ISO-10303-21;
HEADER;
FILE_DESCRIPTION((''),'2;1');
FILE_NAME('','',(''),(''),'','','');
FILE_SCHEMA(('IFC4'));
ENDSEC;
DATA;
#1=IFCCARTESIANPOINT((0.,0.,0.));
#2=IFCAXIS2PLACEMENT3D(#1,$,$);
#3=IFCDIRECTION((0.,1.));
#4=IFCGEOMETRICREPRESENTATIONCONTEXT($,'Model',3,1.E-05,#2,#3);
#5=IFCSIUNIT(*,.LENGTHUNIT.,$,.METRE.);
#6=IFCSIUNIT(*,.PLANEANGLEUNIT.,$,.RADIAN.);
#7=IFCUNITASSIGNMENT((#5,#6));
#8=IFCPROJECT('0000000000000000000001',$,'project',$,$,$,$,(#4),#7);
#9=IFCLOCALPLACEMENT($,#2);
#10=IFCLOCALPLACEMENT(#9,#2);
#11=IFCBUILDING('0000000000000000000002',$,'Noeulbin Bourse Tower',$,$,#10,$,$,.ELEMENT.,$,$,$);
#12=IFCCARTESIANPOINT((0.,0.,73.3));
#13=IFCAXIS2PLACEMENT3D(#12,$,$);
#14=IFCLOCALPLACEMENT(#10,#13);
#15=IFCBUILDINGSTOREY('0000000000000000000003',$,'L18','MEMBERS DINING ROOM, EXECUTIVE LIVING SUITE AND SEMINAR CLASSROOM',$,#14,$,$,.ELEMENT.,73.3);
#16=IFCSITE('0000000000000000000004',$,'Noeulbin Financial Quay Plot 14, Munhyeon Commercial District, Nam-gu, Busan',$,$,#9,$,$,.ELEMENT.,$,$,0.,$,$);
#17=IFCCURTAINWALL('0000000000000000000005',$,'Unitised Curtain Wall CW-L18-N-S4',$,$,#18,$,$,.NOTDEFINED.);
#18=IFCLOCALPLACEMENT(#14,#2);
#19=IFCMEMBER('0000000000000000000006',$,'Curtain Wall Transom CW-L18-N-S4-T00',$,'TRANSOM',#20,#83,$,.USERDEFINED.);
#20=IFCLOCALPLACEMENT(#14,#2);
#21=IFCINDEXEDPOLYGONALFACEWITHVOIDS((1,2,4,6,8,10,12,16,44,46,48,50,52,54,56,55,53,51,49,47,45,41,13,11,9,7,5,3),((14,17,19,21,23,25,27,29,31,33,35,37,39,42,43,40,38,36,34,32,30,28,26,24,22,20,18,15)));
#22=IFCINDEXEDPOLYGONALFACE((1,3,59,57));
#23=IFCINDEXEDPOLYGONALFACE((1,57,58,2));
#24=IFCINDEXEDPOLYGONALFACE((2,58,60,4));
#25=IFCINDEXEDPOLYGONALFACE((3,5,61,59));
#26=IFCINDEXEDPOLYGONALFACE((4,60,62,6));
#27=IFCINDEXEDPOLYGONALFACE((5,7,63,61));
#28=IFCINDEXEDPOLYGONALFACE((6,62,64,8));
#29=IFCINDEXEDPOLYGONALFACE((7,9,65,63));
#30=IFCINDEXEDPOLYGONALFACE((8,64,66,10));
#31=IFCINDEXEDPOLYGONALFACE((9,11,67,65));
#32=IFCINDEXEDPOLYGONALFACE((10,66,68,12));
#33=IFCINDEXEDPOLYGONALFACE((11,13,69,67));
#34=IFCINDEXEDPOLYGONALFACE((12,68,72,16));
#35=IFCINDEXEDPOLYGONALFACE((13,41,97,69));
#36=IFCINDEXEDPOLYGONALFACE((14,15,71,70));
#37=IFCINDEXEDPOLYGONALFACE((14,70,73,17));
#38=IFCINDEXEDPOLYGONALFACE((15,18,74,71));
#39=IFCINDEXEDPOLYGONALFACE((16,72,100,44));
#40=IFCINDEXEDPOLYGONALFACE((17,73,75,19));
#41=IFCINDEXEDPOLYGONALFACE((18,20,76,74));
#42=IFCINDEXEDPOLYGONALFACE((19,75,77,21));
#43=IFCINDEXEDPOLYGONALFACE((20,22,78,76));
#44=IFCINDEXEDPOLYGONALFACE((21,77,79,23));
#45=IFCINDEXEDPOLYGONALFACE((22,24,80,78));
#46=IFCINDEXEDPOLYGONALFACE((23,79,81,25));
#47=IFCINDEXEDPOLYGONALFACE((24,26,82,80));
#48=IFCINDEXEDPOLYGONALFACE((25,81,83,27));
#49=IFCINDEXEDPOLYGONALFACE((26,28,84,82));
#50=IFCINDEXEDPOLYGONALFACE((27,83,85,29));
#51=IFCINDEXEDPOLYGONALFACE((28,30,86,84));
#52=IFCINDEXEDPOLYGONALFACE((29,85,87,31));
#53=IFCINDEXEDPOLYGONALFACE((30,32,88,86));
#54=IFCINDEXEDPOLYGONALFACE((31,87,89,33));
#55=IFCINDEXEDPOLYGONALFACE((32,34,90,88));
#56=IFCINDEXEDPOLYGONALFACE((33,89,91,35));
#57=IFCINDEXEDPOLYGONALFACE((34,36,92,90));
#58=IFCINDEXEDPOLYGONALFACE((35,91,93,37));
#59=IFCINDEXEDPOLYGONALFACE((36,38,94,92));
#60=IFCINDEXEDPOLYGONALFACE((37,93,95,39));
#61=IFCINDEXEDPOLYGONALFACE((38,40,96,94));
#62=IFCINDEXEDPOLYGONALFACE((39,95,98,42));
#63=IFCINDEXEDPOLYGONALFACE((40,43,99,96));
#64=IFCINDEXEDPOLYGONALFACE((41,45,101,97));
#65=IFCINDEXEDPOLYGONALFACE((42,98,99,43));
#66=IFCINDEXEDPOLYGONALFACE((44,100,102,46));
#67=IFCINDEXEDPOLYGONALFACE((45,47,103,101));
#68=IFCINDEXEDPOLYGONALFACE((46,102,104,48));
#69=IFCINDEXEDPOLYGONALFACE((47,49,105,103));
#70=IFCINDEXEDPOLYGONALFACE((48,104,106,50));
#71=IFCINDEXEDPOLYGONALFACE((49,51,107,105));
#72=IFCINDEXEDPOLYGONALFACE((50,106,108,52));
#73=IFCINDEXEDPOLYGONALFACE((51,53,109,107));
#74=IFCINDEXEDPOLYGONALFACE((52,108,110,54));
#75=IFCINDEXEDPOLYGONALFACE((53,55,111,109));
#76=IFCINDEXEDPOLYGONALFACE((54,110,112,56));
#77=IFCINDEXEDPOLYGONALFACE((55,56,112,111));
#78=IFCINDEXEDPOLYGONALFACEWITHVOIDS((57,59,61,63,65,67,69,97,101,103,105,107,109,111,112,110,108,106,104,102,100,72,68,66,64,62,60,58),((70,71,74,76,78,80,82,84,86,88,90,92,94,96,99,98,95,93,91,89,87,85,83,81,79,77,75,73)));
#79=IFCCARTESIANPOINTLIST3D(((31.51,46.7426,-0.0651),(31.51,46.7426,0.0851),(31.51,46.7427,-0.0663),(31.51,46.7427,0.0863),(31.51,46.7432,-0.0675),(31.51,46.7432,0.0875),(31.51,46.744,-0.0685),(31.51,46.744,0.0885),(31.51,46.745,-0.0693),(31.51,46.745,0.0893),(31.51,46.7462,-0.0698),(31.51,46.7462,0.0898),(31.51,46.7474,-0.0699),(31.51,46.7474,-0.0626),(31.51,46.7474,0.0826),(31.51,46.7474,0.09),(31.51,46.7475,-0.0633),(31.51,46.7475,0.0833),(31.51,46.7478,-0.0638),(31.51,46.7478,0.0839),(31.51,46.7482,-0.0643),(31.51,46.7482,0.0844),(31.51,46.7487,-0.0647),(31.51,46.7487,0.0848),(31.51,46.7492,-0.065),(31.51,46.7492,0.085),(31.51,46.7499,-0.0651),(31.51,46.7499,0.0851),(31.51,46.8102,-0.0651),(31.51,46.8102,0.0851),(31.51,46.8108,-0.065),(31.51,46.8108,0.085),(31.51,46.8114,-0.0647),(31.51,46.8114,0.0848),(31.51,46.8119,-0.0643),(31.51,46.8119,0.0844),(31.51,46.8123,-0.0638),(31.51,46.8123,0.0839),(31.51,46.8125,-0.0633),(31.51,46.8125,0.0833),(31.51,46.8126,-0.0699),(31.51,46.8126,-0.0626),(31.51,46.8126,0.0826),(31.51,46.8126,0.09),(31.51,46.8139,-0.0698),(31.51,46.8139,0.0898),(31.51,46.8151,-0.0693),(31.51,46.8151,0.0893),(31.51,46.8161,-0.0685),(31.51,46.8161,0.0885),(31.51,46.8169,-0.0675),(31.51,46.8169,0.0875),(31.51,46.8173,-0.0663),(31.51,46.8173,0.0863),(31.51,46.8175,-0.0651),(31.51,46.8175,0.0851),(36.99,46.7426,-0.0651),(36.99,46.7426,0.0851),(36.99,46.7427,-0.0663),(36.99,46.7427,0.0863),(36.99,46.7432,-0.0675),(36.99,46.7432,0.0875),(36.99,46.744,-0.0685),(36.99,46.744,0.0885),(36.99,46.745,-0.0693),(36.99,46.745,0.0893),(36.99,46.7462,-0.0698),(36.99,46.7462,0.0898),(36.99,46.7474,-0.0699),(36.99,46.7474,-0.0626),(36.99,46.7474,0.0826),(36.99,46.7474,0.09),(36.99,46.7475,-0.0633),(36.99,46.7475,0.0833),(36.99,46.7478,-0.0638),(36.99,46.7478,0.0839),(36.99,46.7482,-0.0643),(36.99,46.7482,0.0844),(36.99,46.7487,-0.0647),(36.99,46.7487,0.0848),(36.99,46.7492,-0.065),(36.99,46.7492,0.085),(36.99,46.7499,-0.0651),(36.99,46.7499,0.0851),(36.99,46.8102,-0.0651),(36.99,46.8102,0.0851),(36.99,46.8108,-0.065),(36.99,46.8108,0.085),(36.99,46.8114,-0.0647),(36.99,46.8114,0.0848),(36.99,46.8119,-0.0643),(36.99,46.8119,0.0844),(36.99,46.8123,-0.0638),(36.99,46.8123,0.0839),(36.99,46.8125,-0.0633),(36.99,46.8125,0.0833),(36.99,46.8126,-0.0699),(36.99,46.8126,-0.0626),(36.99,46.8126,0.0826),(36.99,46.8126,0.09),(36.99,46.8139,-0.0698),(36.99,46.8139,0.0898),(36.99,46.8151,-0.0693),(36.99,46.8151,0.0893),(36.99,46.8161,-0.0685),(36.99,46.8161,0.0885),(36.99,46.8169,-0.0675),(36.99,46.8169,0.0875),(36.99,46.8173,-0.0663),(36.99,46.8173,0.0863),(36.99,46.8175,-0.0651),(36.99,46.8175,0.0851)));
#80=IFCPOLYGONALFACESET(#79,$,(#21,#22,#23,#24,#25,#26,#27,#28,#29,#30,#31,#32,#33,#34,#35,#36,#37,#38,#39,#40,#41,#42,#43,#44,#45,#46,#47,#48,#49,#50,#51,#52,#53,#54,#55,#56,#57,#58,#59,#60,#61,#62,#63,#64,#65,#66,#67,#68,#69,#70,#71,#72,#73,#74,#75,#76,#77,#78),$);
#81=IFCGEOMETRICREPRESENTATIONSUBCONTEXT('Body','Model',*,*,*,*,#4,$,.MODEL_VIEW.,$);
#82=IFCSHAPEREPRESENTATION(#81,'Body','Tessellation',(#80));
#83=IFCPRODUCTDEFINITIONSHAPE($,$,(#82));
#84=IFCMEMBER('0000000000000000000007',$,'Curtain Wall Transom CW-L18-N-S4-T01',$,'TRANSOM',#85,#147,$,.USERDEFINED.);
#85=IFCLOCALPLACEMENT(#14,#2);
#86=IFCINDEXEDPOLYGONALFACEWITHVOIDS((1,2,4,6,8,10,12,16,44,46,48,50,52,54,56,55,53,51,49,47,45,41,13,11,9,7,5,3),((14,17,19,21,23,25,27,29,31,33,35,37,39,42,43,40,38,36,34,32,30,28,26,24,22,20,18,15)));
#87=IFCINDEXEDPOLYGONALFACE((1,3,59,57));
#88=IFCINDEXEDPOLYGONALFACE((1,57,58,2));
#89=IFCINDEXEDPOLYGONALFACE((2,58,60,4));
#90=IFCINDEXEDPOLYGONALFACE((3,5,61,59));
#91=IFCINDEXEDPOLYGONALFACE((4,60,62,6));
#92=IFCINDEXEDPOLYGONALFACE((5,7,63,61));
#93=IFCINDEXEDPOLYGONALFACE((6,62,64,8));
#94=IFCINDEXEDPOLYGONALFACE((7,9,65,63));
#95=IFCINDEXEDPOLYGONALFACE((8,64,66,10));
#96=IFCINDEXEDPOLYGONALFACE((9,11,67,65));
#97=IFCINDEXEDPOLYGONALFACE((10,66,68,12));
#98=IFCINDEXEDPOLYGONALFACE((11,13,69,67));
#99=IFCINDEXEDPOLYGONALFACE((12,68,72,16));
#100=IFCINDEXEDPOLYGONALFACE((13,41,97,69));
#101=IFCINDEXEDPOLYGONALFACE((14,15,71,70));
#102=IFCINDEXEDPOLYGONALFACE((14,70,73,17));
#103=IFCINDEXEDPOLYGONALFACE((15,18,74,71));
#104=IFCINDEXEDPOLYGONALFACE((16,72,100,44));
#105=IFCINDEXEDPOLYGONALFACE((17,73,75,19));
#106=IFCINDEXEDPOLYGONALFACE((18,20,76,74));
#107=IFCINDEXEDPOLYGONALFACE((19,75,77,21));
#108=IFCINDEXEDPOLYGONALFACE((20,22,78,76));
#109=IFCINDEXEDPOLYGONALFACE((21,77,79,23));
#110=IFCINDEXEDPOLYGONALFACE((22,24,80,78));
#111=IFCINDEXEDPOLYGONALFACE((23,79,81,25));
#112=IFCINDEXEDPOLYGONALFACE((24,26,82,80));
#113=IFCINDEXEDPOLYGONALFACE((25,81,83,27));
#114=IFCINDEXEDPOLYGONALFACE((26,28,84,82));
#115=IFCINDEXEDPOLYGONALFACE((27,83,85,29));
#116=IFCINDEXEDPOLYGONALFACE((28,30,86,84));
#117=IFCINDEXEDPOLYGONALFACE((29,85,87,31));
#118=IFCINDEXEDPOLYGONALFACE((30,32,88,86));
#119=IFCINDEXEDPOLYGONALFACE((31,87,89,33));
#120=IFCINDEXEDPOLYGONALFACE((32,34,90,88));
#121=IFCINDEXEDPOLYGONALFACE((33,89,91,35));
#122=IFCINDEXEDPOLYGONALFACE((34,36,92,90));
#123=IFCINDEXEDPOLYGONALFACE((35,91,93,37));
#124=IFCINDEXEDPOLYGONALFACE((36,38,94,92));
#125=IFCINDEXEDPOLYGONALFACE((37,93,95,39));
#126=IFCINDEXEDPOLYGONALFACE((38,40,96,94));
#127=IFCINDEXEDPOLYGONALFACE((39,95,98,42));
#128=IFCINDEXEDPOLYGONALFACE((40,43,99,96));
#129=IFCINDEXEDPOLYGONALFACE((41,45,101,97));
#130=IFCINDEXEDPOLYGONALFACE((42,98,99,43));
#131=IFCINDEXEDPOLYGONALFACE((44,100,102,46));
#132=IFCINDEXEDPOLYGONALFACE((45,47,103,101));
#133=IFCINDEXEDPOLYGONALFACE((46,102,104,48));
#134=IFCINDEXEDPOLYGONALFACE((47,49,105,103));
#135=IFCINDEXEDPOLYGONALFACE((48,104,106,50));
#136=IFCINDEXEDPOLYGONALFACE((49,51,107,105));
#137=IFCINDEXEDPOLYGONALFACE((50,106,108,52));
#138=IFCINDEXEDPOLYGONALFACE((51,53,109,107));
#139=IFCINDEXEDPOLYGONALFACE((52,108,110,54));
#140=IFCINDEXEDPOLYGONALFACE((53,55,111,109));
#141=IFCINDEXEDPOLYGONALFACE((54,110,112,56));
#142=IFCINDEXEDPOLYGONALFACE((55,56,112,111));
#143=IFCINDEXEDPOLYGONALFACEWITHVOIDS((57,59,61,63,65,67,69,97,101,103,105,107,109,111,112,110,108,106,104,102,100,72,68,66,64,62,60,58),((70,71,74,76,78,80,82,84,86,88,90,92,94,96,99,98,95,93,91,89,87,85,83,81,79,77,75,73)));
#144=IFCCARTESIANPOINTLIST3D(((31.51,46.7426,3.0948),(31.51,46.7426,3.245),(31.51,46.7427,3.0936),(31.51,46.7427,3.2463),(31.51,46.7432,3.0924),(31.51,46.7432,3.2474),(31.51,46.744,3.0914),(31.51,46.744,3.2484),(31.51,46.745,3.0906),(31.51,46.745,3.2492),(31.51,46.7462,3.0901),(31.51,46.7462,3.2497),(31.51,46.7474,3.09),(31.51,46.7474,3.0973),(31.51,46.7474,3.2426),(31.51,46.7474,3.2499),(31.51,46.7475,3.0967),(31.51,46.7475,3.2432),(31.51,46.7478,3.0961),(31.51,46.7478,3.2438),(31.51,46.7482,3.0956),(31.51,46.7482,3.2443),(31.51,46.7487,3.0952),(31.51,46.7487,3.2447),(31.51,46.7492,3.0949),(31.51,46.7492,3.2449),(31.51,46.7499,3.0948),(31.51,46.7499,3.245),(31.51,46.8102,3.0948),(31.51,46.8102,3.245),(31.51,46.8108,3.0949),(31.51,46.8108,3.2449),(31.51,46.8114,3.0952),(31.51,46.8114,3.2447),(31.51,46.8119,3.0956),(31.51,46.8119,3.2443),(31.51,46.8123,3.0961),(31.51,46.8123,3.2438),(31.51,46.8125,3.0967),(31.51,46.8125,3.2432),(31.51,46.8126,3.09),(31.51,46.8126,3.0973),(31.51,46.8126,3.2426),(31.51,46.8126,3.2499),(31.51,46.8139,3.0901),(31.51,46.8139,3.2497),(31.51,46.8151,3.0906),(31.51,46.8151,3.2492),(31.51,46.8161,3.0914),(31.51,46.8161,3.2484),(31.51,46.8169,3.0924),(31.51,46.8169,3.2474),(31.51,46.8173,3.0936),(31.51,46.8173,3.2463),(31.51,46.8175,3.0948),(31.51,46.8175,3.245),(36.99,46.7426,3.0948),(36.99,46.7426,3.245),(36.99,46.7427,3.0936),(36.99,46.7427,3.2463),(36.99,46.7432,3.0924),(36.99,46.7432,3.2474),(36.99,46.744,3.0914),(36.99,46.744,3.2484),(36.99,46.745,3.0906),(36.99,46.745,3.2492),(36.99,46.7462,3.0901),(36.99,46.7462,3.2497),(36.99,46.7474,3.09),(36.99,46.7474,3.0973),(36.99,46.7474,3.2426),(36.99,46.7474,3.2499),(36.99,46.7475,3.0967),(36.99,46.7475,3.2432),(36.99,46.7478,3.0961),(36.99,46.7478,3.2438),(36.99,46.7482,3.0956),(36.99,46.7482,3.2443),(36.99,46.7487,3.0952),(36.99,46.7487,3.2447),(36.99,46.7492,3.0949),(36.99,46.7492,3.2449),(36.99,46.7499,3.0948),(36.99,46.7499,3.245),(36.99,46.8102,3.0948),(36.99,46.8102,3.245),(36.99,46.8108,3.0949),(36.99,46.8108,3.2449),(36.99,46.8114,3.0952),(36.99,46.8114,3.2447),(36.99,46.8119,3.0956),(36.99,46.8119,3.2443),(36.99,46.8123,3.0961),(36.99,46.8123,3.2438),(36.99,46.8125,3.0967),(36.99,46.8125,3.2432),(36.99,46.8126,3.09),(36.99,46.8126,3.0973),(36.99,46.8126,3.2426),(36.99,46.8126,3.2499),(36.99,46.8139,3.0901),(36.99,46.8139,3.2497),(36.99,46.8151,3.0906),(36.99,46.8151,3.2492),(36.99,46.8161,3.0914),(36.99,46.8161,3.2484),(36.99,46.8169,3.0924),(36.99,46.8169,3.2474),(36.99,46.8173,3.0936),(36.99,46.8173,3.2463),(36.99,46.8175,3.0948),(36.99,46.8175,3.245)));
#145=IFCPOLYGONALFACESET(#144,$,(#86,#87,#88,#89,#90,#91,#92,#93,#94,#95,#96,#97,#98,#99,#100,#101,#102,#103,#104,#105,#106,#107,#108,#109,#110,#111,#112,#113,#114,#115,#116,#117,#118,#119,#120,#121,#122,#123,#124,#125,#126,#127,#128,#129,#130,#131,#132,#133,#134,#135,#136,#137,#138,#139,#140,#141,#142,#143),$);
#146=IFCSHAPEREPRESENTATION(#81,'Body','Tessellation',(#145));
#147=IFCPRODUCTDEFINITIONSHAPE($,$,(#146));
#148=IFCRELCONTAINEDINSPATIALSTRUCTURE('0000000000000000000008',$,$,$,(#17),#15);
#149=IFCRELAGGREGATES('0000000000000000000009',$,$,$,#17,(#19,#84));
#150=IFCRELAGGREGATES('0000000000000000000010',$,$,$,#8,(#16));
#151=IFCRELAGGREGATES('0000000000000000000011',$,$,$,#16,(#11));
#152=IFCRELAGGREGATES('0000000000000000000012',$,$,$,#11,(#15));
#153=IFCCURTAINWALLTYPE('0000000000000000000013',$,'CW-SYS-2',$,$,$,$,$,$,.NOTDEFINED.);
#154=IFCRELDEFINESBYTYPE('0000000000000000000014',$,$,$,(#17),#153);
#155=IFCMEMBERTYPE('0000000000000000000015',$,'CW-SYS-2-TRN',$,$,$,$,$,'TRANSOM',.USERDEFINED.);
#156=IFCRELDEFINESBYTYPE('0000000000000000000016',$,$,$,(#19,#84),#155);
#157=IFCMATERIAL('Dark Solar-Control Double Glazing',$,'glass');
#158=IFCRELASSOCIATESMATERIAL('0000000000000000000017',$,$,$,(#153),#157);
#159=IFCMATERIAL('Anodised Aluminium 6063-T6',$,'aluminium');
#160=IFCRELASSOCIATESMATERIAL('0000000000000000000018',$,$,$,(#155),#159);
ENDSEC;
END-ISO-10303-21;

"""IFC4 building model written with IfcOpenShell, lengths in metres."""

from ifc_helpers import new_model, si_unit, direction, frame, origin, origin_2d, place, context, subcontext, project, spatial, hollow_rectangle, extrude, material, material_profile, profile_set, type_object, element, aggregate, save


model = new_model("IFC4")

# Units and contexts
model_context = context("Model", 3, precision=1e-05, world=origin(), true_north=direction((0.0, 1.0)))
body_context = subcontext(model_context, "Body", "Model", "MODEL_VIEW")
ifc_project = project(units=[si_unit("LENGTHUNIT", "METRE"), si_unit("PLANEANGLEUNIT", "RADIAN")], contexts=[model_context])

# Site, building, storey
site_placement = place(None, origin())
site = spatial("IfcSite", under=ifc_project, at=site_placement, Name="Noeulbin Financial Quay Plot 14, Munhyeon Commercial District, Nam-gu, Busan", CompositionType="ELEMENT", RefElevation=0.0)
building_placement = place(site_placement, origin())
building = spatial("IfcBuilding", under=site, at=building_placement, Name="Noeulbin Bourse Tower", CompositionType="ELEMENT")
storey_placement = place(building_placement, frame((0.0, 0.0, 73.3)))
storey = spatial("IfcBuildingStorey", under=building, at=storey_placement, Name="L18", Description="MEMBERS DINING ROOM, EXECUTIVE LIVING SUITE AND SEMINAR CLASSROOM", CompositionType="ELEMENT", Elevation=73.3)

# Shared definitions
ifc_material_1 = material(Name="Dark Solar-Control Double Glazing", Category="glass")
curtain_wall_type = type_object("IfcCurtainWallType", Name="CW-SYS-2", PredefinedType="NOTDEFINED", material=ifc_material_1)
ifc_material_2 = material(Name="Anodised Aluminium 6063-T6", Category="aluminium")

# Curtain wall
curtain_wall_1_placement = place(storey_placement, origin())
curtain_wall_1 = element("IfcCurtainWall", 1, at=curtain_wall_1_placement, inside=storey, type_object=curtain_wall_type, Name="Unitised Curtain Wall CW-L18-N-S4", PredefinedType="NOTDEFINED")

# Members
ifc_material_profile_1 = material_profile(ifc_material_2, hollow_rectangle(XDim=0.075, YDim=0.1599, WallThickness=0.0049, InnerFilletRadius=0.0024, OuterFilletRadius=0.0049, at=origin_2d()), Name="ALU-TRAN-75x160x5", Category="LoadBearing")
ifc_profile_set_1 = profile_set([ifc_material_profile_1], Name="Anodised Aluminium 6063-T6")
member_type_1 = type_object("IfcMemberType", Name="CW-SYS-2-TRN", ElementType="TRANSOM", PredefinedType="USERDEFINED", material=ifc_profile_set_1)
member_1_placement = place(storey_placement, frame((31.51, 46.78, 0.01), z_axis=(1.0, 0.0, 0.0), x_axis=(0.0, 1.0, 0.0)))
member_1 = element("IfcMember", 2, at=member_1_placement, type_object=member_type_1, Name="Curtain Wall Transom CW-L18-N-S4-T00", ObjectType="TRANSOM", PredefinedType="USERDEFINED", context=body_context, shape_type="SweptSolid", body=[
    extrude(hollow_rectangle(XDim=0.075, YDim=0.1599, WallThickness=0.0049, InnerFilletRadius=0.0024, OuterFilletRadius=0.0049, at=origin_2d()), origin(), (0.0, 0.0, 1.0), 5.48),
])
member_2_placement = place(storey_placement, frame((31.51, 46.78, 3.1699), z_axis=(1.0, 0.0, 0.0), x_axis=(0.0, 1.0, 0.0)))
member_2 = element("IfcMember", 3, at=member_2_placement, type_object=member_type_1, Name="Curtain Wall Transom CW-L18-N-S4-T01", ObjectType="TRANSOM", PredefinedType="USERDEFINED", context=body_context, shape_type="SweptSolid", body=[
    extrude(hollow_rectangle(XDim=0.075, YDim=0.1599, WallThickness=0.0049, InnerFilletRadius=0.0024, OuterFilletRadius=0.0049, at=origin_2d()), origin(), (0.0, 0.0, 1.0), 5.48),
])

aggregate(curtain_wall_1, [member_1, member_2])

save(model, "model.ifc")
